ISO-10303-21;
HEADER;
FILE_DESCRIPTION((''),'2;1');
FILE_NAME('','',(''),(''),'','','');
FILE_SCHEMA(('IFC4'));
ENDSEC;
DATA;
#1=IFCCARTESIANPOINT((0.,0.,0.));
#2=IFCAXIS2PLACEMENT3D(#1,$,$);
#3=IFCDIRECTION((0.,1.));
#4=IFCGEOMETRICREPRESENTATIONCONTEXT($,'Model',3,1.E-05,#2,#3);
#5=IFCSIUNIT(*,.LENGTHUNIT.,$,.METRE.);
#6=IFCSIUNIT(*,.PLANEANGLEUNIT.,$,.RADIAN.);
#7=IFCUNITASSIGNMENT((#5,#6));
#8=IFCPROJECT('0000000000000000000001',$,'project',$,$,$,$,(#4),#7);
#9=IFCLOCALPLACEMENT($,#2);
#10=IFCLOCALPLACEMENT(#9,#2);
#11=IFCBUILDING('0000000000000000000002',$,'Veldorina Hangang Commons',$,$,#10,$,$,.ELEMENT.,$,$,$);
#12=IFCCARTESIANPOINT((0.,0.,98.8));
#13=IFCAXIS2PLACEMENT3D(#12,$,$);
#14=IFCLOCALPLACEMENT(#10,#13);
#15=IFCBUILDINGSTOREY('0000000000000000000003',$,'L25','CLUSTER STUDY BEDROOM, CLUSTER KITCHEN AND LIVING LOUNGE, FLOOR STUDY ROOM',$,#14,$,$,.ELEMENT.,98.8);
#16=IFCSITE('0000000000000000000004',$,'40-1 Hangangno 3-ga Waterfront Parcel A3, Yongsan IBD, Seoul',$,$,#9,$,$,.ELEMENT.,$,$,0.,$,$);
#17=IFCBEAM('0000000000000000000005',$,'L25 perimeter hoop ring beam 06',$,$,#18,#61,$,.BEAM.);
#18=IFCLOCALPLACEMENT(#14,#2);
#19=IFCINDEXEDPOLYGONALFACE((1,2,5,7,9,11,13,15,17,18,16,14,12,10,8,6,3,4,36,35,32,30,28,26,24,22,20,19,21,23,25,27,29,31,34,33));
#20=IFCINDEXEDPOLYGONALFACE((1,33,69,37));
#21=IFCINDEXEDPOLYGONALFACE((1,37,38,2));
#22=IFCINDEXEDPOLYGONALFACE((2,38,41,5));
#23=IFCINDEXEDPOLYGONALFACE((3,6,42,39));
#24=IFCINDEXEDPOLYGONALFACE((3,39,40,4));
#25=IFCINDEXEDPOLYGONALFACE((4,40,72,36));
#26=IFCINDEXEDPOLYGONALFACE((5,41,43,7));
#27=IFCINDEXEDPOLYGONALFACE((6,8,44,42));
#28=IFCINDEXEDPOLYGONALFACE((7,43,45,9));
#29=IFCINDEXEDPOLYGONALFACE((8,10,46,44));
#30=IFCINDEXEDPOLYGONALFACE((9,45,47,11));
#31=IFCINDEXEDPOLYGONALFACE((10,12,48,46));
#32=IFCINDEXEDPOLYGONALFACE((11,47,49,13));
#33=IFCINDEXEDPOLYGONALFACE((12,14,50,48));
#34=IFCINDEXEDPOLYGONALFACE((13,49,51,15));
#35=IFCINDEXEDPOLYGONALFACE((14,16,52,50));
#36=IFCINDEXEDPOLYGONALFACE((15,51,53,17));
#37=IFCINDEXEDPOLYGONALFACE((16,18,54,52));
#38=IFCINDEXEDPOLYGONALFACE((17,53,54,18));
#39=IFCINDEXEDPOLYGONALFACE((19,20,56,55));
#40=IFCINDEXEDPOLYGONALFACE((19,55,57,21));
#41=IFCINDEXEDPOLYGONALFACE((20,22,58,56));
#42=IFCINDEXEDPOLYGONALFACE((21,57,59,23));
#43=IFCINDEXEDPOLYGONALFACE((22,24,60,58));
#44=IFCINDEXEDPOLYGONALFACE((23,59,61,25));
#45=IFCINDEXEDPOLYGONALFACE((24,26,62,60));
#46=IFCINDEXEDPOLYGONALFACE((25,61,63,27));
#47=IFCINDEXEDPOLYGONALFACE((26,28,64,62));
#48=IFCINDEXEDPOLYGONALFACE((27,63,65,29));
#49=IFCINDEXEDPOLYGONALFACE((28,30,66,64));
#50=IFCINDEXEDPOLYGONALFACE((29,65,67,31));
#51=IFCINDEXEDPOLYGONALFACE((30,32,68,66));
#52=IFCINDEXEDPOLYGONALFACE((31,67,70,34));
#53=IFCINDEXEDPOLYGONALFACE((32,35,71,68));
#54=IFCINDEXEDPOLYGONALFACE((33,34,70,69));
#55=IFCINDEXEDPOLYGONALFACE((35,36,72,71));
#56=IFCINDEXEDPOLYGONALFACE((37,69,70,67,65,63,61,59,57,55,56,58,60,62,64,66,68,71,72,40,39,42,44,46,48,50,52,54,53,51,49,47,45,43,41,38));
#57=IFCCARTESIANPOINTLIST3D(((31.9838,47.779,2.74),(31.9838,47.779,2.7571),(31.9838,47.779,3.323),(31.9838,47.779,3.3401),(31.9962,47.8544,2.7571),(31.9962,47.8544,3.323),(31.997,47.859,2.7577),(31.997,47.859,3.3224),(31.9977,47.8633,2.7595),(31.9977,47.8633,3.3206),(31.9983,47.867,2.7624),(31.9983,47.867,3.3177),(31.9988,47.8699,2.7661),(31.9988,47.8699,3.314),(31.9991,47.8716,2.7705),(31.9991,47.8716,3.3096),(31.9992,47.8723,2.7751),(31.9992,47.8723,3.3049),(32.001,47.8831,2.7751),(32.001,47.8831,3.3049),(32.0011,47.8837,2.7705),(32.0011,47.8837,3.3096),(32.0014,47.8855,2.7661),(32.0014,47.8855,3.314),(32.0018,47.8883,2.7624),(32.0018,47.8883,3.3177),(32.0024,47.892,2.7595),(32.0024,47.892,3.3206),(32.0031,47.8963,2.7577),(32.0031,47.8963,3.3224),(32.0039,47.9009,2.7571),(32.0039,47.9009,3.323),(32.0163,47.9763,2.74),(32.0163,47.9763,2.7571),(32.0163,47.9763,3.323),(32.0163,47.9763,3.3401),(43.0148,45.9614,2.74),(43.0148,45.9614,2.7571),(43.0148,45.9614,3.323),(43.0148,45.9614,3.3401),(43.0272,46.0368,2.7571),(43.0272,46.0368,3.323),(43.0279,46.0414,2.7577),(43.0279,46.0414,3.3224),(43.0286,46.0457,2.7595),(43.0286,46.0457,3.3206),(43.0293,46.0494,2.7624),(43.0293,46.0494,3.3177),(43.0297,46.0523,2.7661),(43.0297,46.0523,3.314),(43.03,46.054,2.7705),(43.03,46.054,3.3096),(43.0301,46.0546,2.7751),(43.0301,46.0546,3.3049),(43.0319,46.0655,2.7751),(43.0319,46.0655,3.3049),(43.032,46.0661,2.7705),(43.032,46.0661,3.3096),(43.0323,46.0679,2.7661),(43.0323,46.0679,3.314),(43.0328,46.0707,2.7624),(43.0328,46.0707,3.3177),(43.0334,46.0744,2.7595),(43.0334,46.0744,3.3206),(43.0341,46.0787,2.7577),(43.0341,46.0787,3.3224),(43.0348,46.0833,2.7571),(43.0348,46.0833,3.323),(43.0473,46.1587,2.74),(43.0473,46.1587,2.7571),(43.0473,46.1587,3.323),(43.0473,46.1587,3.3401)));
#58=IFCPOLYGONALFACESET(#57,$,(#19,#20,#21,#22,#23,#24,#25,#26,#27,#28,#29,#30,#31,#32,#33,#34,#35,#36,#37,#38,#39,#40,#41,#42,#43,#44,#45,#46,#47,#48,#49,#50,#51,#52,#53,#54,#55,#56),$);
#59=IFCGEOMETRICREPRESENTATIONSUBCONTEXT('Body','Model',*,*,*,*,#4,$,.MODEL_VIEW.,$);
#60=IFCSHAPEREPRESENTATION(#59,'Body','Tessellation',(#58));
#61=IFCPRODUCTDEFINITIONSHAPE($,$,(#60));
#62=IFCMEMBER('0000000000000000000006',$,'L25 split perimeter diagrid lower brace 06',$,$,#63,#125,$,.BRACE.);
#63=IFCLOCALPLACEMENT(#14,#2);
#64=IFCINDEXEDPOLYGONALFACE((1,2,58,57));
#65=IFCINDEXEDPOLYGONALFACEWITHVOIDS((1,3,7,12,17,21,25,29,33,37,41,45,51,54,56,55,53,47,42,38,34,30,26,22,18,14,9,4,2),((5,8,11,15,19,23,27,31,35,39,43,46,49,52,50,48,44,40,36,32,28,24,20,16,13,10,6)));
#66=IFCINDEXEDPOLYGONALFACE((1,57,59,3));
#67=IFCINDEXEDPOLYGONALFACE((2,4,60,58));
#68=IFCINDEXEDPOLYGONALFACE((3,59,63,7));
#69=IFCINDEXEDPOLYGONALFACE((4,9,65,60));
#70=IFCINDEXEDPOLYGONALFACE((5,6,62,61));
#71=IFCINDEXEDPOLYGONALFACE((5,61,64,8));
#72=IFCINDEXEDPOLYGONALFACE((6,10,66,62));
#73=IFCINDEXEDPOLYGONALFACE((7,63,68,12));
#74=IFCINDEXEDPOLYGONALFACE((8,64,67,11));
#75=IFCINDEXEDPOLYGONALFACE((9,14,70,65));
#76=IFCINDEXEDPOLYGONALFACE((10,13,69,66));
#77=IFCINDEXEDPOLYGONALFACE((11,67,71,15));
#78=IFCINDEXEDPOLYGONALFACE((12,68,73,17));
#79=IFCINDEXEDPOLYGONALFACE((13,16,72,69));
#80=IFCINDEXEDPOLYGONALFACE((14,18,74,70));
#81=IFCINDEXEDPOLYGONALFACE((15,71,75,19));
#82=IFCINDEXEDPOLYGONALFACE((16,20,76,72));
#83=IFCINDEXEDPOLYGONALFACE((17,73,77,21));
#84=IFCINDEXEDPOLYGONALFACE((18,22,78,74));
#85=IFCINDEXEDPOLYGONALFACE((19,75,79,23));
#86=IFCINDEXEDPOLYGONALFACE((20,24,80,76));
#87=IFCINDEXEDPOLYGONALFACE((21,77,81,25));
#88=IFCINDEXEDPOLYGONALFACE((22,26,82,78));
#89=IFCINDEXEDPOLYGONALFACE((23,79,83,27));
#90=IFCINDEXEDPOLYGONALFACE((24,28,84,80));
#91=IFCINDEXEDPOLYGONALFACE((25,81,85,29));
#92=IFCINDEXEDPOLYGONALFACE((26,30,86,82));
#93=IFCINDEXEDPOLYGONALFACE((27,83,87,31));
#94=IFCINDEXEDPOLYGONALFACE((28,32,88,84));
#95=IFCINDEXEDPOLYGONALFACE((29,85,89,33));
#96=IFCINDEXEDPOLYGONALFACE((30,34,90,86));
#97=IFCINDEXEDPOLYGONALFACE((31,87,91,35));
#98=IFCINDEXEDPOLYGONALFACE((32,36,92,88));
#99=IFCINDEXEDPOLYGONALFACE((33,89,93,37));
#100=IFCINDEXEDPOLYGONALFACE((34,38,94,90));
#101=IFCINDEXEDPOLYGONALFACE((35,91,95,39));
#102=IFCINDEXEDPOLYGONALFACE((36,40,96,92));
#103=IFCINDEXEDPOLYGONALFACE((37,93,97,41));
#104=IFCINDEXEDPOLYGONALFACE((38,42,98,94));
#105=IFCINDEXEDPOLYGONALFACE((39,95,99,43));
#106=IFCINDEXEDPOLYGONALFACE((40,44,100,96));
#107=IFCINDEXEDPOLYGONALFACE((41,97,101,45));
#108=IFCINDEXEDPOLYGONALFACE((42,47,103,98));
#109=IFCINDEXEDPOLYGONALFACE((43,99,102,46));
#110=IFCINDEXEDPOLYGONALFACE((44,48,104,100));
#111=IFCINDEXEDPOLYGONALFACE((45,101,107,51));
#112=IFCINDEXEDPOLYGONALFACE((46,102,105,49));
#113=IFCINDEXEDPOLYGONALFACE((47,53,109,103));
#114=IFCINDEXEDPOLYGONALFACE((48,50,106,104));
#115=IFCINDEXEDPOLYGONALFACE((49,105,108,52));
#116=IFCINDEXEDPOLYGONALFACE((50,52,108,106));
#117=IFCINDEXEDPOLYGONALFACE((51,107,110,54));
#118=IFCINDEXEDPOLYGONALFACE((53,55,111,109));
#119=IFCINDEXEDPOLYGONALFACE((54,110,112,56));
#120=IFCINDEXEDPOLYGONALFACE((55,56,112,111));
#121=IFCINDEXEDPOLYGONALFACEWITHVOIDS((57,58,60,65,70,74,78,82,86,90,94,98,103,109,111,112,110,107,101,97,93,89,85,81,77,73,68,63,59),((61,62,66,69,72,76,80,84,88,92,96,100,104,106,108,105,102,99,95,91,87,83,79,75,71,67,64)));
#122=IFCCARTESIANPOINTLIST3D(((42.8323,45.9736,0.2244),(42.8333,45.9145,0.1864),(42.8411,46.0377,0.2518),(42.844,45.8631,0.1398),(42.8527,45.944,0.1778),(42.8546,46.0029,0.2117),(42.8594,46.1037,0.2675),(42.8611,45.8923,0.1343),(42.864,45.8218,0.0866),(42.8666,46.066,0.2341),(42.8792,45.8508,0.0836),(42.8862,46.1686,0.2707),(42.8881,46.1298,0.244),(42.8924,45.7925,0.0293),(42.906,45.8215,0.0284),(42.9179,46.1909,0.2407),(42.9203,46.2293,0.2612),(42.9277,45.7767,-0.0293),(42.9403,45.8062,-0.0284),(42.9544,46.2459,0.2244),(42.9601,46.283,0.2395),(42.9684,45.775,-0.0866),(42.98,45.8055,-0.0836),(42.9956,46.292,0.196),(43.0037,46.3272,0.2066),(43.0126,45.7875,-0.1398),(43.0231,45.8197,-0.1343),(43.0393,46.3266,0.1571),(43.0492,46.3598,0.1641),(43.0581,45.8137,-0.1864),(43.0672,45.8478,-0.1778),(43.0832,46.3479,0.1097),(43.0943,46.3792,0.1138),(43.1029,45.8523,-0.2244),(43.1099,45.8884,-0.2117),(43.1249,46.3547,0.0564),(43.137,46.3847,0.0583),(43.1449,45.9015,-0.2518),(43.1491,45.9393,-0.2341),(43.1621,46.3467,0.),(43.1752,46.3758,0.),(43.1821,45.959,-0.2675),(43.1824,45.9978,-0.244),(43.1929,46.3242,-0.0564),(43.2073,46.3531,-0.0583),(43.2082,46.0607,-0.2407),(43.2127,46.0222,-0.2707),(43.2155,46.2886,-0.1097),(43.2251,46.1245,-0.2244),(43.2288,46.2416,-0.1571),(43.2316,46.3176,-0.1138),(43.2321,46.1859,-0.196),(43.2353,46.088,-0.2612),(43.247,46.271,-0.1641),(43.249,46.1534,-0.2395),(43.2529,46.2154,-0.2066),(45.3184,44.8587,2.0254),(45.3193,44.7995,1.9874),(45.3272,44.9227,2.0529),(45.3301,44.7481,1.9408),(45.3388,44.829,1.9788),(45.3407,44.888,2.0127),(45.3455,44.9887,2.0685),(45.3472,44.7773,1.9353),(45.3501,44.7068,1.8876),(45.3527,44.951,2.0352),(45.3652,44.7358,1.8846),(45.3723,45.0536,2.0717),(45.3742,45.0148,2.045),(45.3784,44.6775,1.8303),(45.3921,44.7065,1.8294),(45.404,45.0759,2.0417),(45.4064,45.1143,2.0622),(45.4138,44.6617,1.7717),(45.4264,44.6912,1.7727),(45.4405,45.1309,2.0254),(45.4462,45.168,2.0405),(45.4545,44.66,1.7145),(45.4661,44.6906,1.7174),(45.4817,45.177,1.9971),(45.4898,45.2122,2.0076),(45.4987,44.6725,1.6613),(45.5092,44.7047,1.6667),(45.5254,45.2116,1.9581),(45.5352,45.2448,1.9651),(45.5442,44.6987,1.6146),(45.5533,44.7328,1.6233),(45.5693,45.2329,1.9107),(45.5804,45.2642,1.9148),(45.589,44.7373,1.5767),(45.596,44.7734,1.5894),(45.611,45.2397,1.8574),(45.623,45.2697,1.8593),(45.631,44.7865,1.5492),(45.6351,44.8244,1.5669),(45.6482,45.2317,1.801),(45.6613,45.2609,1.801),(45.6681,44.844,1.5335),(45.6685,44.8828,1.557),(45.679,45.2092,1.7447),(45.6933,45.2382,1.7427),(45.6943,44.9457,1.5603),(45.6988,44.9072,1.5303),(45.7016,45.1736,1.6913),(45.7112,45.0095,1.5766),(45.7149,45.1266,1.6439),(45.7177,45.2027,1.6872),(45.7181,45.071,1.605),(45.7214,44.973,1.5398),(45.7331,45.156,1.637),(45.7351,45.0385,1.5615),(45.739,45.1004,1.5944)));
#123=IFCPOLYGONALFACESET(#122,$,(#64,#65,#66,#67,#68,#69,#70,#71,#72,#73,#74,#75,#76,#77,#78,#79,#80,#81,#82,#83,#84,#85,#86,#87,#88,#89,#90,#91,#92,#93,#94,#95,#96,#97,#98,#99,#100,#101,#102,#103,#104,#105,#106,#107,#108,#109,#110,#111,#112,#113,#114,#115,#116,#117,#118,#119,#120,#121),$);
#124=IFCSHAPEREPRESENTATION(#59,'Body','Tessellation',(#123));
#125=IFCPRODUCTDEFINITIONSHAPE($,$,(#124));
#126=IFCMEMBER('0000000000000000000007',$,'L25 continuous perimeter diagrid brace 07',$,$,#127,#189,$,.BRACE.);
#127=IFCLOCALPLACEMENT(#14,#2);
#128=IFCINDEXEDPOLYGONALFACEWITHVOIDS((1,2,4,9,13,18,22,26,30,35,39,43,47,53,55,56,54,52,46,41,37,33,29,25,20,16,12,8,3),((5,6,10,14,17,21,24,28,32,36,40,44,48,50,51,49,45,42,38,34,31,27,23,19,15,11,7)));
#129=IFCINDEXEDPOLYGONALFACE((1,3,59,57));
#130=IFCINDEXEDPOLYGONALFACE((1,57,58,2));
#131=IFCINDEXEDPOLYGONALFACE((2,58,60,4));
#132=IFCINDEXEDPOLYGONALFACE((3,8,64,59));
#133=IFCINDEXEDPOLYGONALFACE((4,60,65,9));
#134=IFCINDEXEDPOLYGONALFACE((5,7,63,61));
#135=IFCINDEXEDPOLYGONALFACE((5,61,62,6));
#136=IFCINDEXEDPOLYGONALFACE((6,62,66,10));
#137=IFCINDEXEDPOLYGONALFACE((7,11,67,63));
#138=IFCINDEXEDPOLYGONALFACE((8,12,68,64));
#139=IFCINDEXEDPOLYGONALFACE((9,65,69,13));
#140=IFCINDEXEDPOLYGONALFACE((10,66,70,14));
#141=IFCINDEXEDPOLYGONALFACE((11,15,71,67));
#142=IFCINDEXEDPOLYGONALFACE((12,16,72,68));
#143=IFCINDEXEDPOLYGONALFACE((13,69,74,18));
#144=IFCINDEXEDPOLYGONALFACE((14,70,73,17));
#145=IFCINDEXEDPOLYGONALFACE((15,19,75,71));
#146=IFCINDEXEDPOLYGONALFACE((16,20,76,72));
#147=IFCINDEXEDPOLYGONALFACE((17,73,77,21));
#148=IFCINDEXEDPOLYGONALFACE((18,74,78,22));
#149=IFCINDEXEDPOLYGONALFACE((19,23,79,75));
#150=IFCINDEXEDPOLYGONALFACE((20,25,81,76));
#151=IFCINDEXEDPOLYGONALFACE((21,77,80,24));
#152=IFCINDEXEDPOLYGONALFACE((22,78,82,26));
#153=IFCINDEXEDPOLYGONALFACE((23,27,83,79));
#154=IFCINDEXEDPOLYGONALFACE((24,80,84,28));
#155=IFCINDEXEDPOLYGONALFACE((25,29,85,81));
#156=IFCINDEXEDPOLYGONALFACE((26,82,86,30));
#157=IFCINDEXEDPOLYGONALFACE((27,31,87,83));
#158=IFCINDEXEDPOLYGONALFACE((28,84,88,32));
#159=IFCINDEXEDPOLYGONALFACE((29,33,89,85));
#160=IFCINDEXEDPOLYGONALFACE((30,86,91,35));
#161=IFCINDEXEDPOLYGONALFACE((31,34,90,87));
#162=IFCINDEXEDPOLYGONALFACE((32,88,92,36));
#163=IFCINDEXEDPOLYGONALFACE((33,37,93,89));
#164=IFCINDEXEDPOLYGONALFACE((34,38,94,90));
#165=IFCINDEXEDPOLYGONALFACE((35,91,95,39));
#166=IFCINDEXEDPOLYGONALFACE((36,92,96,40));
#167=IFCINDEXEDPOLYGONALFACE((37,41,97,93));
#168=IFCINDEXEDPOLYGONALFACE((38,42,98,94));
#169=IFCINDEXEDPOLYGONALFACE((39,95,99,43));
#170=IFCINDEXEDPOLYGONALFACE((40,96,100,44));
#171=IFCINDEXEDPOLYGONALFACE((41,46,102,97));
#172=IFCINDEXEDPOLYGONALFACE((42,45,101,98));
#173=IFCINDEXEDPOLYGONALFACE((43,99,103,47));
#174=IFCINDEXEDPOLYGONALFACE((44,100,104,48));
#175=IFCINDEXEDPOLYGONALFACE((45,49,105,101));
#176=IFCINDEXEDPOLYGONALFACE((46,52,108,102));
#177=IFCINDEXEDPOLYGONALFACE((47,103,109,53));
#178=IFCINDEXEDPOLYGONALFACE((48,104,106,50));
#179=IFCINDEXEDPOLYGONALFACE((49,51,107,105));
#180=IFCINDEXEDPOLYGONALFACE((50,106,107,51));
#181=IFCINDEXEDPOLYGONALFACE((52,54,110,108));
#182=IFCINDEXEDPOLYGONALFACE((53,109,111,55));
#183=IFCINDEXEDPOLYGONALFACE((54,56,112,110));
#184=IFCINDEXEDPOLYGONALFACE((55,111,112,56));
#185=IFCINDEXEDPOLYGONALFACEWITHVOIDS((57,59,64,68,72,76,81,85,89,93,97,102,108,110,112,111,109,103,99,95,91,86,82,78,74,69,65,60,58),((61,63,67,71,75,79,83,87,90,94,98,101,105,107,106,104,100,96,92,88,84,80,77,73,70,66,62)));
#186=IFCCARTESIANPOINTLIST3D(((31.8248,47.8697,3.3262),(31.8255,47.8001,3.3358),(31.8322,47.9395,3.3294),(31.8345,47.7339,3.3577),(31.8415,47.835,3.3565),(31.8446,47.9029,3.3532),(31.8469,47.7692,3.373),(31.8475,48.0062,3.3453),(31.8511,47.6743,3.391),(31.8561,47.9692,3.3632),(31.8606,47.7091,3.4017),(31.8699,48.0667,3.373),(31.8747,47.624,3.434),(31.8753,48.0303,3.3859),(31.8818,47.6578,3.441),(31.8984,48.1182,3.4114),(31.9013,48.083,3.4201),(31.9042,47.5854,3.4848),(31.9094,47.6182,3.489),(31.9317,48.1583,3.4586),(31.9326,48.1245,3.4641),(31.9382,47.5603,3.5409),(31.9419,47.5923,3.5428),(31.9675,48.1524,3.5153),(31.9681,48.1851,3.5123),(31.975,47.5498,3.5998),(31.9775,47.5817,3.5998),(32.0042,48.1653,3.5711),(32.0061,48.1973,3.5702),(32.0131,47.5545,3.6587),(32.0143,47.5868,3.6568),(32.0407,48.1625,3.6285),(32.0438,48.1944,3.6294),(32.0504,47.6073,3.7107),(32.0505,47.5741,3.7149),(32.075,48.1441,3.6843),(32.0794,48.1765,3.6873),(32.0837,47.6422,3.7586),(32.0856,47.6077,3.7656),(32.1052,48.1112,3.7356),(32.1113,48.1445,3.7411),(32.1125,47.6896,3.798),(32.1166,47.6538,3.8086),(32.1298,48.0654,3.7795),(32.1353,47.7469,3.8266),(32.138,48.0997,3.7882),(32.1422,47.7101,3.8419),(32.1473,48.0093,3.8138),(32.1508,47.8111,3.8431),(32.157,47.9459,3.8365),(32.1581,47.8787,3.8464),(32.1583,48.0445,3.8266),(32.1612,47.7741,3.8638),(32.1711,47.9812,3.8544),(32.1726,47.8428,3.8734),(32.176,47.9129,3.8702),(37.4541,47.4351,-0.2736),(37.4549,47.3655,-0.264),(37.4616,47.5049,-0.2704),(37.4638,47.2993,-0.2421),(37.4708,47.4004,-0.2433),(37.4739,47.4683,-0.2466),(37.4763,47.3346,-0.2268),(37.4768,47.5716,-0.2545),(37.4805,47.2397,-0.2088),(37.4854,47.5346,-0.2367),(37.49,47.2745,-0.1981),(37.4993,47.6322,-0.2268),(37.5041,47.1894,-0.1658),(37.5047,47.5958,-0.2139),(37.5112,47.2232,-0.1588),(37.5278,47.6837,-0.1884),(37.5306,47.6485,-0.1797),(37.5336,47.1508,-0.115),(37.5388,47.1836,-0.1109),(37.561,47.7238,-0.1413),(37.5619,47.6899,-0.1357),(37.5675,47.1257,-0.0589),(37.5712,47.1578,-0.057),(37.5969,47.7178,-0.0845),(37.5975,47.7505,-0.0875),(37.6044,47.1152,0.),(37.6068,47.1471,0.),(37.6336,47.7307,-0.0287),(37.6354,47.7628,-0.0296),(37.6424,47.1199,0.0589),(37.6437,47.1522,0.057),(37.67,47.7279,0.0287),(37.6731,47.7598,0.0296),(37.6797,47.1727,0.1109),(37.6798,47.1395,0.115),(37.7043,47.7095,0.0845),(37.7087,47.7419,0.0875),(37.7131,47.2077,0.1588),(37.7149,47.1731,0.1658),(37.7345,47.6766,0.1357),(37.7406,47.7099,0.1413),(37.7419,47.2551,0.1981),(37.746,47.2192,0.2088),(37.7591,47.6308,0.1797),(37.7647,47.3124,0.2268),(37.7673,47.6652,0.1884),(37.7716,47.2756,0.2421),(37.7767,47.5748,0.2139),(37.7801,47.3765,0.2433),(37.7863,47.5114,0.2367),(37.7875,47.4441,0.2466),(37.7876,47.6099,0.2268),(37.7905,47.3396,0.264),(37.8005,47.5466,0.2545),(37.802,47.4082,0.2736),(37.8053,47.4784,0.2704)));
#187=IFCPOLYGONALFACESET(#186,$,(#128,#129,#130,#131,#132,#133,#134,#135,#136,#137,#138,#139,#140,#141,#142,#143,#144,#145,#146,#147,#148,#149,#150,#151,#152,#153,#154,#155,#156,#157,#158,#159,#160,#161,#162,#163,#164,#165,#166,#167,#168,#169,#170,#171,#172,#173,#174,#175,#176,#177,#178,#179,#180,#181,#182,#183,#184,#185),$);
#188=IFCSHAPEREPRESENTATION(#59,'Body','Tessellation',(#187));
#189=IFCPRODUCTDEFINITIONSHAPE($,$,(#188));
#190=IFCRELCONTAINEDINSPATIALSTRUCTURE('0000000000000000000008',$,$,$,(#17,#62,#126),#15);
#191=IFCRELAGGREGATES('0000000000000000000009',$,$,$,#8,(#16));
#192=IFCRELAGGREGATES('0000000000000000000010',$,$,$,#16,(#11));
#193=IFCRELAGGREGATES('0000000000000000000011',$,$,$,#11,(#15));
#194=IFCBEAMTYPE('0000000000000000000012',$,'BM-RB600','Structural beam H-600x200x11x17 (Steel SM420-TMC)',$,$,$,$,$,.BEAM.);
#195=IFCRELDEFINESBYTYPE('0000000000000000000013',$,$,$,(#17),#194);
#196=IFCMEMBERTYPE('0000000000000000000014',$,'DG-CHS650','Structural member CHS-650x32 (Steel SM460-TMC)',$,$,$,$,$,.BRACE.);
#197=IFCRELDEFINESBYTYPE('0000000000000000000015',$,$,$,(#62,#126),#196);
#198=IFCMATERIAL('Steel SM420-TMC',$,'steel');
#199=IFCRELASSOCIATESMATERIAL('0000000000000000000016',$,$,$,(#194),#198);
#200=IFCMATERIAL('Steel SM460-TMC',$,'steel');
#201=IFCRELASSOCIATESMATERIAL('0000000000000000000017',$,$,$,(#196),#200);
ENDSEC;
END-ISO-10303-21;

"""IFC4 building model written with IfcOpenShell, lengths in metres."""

from ifc_helpers import new_model, si_unit, direction, frame, origin, origin_2d, place, context, subcontext, project, spatial, hollow_circle, i_section, extrude, material, material_profile, profile_set, type_object, element, save


model = new_model("IFC4")

# Units and contexts
model_context = context("Model", 3, precision=1e-05, world=origin(), true_north=direction((0.0, 1.0)))
body_context = subcontext(model_context, "Body", "Model", "MODEL_VIEW")
ifc_project = project(units=[si_unit("LENGTHUNIT", "METRE"), si_unit("PLANEANGLEUNIT", "RADIAN")], contexts=[model_context])

# Site, building, storey
site_placement = place(None, origin())
site = spatial("IfcSite", under=ifc_project, at=site_placement, Name="40-1 Hangangno 3-ga Waterfront Parcel A3, Yongsan IBD, Seoul", CompositionType="ELEMENT", RefElevation=0.0)
building_placement = place(site_placement, origin())
building = spatial("IfcBuilding", under=site, at=building_placement, Name="Veldorina Hangang Commons", CompositionType="ELEMENT")
storey_placement = place(building_placement, frame((0.0, 0.0, 98.8)))
storey = spatial("IfcBuildingStorey", under=building, at=storey_placement, Name="L25", Description="CLUSTER STUDY BEDROOM, CLUSTER KITCHEN AND LIVING LOUNGE, FLOOR STUDY ROOM", CompositionType="ELEMENT", Elevation=98.8)

# Beam
ifc_material_1 = material(Name="Steel SM420-TMC", Category="steel")
ifc_material_profile_1 = material_profile(ifc_material_1, i_section(OverallWidth=0.2, OverallDepth=0.6001, WebThickness=0.011, FlangeThickness=0.0171, FilletRadius=0.0181, at=origin_2d()), Name="H-600x200x11x17")
ifc_profile_set_1 = profile_set([ifc_material_profile_1], Name="Steel SM420-TMC")
beam_type = type_object("IfcBeamType", Name="BM-RB600", Description="Structural beam H-600x200x11x17 (Steel SM420-TMC)", PredefinedType="BEAM", material=ifc_profile_set_1)
beam_placement = place(storey_placement, frame((43.031, 46.0601, 3.04), z_axis=(-0.986695, 0.162582, 0.0), x_axis=(-0.162582, -0.986695, 0.0)))
element("IfcBeam", 1, at=beam_placement, inside=storey, type_object=beam_type, Name="L25 perimeter hoop ring beam 06", PredefinedType="BEAM", context=body_context, shape_type="SweptSolid", body=[
    extrude(i_section(OverallWidth=0.2, OverallDepth=0.6001, WebThickness=0.011, FlangeThickness=0.0171, FilletRadius=0.0181, at=origin_2d()), origin(), (0.0, 0.0, 1.0), 11.1797),
])

# Members
ifc_material_2 = material(Name="Steel SM460-TMC", Category="steel")
ifc_material_profile_2 = material_profile(ifc_material_2, hollow_circle(Radius=0.325, WallThickness=0.032, at=origin_2d()), Name="CHS-650x32")
ifc_profile_set_2 = profile_set([ifc_material_profile_2], Name="Steel SM460-TMC")
member_type = type_object("IfcMemberType", Name="DG-CHS650", Description="Structural member CHS-650x32 (Steel SM460-TMC)", PredefinedType="BRACE", material=ifc_profile_set_2)
member_1_placement = place(storey_placement, frame((43.0422, 46.0793, 0.0), z_axis=(0.761175, -0.341381, 0.551427), x_axis=(0.409221, 0.912435, 0.0)))
element("IfcMember", 2, at=member_1_placement, inside=storey, type_object=member_type, Name="L25 split perimeter diagrid lower brace 06", PredefinedType="BRACE", context=body_context, shape_type="SweptSolid", body=[
    extrude(hollow_circle(Radius=0.325, WallThickness=0.032, at=origin_2d()), origin(), (0.0, 0.0, 1.0), 3.2661),
])
member_2_placement = place(storey_placement, frame((37.6294, 47.4392, 0.0), z_axis=(-0.840696, 0.064899, 0.537604), x_axis=(-0.076968, -0.997034, 0.0)))
element("IfcMember", 3, at=member_2_placement, inside=storey, type_object=member_type, Name="L25 continuous perimeter diagrid brace 07", PredefinedType="BRACE", context=body_context, shape_type="SweptSolid", body=[
    extrude(hollow_circle(Radius=0.325, WallThickness=0.032, at=origin_2d()), origin(), (0.0, 0.0, 1.0), 6.696),
])

save(model, "model.ifc")
